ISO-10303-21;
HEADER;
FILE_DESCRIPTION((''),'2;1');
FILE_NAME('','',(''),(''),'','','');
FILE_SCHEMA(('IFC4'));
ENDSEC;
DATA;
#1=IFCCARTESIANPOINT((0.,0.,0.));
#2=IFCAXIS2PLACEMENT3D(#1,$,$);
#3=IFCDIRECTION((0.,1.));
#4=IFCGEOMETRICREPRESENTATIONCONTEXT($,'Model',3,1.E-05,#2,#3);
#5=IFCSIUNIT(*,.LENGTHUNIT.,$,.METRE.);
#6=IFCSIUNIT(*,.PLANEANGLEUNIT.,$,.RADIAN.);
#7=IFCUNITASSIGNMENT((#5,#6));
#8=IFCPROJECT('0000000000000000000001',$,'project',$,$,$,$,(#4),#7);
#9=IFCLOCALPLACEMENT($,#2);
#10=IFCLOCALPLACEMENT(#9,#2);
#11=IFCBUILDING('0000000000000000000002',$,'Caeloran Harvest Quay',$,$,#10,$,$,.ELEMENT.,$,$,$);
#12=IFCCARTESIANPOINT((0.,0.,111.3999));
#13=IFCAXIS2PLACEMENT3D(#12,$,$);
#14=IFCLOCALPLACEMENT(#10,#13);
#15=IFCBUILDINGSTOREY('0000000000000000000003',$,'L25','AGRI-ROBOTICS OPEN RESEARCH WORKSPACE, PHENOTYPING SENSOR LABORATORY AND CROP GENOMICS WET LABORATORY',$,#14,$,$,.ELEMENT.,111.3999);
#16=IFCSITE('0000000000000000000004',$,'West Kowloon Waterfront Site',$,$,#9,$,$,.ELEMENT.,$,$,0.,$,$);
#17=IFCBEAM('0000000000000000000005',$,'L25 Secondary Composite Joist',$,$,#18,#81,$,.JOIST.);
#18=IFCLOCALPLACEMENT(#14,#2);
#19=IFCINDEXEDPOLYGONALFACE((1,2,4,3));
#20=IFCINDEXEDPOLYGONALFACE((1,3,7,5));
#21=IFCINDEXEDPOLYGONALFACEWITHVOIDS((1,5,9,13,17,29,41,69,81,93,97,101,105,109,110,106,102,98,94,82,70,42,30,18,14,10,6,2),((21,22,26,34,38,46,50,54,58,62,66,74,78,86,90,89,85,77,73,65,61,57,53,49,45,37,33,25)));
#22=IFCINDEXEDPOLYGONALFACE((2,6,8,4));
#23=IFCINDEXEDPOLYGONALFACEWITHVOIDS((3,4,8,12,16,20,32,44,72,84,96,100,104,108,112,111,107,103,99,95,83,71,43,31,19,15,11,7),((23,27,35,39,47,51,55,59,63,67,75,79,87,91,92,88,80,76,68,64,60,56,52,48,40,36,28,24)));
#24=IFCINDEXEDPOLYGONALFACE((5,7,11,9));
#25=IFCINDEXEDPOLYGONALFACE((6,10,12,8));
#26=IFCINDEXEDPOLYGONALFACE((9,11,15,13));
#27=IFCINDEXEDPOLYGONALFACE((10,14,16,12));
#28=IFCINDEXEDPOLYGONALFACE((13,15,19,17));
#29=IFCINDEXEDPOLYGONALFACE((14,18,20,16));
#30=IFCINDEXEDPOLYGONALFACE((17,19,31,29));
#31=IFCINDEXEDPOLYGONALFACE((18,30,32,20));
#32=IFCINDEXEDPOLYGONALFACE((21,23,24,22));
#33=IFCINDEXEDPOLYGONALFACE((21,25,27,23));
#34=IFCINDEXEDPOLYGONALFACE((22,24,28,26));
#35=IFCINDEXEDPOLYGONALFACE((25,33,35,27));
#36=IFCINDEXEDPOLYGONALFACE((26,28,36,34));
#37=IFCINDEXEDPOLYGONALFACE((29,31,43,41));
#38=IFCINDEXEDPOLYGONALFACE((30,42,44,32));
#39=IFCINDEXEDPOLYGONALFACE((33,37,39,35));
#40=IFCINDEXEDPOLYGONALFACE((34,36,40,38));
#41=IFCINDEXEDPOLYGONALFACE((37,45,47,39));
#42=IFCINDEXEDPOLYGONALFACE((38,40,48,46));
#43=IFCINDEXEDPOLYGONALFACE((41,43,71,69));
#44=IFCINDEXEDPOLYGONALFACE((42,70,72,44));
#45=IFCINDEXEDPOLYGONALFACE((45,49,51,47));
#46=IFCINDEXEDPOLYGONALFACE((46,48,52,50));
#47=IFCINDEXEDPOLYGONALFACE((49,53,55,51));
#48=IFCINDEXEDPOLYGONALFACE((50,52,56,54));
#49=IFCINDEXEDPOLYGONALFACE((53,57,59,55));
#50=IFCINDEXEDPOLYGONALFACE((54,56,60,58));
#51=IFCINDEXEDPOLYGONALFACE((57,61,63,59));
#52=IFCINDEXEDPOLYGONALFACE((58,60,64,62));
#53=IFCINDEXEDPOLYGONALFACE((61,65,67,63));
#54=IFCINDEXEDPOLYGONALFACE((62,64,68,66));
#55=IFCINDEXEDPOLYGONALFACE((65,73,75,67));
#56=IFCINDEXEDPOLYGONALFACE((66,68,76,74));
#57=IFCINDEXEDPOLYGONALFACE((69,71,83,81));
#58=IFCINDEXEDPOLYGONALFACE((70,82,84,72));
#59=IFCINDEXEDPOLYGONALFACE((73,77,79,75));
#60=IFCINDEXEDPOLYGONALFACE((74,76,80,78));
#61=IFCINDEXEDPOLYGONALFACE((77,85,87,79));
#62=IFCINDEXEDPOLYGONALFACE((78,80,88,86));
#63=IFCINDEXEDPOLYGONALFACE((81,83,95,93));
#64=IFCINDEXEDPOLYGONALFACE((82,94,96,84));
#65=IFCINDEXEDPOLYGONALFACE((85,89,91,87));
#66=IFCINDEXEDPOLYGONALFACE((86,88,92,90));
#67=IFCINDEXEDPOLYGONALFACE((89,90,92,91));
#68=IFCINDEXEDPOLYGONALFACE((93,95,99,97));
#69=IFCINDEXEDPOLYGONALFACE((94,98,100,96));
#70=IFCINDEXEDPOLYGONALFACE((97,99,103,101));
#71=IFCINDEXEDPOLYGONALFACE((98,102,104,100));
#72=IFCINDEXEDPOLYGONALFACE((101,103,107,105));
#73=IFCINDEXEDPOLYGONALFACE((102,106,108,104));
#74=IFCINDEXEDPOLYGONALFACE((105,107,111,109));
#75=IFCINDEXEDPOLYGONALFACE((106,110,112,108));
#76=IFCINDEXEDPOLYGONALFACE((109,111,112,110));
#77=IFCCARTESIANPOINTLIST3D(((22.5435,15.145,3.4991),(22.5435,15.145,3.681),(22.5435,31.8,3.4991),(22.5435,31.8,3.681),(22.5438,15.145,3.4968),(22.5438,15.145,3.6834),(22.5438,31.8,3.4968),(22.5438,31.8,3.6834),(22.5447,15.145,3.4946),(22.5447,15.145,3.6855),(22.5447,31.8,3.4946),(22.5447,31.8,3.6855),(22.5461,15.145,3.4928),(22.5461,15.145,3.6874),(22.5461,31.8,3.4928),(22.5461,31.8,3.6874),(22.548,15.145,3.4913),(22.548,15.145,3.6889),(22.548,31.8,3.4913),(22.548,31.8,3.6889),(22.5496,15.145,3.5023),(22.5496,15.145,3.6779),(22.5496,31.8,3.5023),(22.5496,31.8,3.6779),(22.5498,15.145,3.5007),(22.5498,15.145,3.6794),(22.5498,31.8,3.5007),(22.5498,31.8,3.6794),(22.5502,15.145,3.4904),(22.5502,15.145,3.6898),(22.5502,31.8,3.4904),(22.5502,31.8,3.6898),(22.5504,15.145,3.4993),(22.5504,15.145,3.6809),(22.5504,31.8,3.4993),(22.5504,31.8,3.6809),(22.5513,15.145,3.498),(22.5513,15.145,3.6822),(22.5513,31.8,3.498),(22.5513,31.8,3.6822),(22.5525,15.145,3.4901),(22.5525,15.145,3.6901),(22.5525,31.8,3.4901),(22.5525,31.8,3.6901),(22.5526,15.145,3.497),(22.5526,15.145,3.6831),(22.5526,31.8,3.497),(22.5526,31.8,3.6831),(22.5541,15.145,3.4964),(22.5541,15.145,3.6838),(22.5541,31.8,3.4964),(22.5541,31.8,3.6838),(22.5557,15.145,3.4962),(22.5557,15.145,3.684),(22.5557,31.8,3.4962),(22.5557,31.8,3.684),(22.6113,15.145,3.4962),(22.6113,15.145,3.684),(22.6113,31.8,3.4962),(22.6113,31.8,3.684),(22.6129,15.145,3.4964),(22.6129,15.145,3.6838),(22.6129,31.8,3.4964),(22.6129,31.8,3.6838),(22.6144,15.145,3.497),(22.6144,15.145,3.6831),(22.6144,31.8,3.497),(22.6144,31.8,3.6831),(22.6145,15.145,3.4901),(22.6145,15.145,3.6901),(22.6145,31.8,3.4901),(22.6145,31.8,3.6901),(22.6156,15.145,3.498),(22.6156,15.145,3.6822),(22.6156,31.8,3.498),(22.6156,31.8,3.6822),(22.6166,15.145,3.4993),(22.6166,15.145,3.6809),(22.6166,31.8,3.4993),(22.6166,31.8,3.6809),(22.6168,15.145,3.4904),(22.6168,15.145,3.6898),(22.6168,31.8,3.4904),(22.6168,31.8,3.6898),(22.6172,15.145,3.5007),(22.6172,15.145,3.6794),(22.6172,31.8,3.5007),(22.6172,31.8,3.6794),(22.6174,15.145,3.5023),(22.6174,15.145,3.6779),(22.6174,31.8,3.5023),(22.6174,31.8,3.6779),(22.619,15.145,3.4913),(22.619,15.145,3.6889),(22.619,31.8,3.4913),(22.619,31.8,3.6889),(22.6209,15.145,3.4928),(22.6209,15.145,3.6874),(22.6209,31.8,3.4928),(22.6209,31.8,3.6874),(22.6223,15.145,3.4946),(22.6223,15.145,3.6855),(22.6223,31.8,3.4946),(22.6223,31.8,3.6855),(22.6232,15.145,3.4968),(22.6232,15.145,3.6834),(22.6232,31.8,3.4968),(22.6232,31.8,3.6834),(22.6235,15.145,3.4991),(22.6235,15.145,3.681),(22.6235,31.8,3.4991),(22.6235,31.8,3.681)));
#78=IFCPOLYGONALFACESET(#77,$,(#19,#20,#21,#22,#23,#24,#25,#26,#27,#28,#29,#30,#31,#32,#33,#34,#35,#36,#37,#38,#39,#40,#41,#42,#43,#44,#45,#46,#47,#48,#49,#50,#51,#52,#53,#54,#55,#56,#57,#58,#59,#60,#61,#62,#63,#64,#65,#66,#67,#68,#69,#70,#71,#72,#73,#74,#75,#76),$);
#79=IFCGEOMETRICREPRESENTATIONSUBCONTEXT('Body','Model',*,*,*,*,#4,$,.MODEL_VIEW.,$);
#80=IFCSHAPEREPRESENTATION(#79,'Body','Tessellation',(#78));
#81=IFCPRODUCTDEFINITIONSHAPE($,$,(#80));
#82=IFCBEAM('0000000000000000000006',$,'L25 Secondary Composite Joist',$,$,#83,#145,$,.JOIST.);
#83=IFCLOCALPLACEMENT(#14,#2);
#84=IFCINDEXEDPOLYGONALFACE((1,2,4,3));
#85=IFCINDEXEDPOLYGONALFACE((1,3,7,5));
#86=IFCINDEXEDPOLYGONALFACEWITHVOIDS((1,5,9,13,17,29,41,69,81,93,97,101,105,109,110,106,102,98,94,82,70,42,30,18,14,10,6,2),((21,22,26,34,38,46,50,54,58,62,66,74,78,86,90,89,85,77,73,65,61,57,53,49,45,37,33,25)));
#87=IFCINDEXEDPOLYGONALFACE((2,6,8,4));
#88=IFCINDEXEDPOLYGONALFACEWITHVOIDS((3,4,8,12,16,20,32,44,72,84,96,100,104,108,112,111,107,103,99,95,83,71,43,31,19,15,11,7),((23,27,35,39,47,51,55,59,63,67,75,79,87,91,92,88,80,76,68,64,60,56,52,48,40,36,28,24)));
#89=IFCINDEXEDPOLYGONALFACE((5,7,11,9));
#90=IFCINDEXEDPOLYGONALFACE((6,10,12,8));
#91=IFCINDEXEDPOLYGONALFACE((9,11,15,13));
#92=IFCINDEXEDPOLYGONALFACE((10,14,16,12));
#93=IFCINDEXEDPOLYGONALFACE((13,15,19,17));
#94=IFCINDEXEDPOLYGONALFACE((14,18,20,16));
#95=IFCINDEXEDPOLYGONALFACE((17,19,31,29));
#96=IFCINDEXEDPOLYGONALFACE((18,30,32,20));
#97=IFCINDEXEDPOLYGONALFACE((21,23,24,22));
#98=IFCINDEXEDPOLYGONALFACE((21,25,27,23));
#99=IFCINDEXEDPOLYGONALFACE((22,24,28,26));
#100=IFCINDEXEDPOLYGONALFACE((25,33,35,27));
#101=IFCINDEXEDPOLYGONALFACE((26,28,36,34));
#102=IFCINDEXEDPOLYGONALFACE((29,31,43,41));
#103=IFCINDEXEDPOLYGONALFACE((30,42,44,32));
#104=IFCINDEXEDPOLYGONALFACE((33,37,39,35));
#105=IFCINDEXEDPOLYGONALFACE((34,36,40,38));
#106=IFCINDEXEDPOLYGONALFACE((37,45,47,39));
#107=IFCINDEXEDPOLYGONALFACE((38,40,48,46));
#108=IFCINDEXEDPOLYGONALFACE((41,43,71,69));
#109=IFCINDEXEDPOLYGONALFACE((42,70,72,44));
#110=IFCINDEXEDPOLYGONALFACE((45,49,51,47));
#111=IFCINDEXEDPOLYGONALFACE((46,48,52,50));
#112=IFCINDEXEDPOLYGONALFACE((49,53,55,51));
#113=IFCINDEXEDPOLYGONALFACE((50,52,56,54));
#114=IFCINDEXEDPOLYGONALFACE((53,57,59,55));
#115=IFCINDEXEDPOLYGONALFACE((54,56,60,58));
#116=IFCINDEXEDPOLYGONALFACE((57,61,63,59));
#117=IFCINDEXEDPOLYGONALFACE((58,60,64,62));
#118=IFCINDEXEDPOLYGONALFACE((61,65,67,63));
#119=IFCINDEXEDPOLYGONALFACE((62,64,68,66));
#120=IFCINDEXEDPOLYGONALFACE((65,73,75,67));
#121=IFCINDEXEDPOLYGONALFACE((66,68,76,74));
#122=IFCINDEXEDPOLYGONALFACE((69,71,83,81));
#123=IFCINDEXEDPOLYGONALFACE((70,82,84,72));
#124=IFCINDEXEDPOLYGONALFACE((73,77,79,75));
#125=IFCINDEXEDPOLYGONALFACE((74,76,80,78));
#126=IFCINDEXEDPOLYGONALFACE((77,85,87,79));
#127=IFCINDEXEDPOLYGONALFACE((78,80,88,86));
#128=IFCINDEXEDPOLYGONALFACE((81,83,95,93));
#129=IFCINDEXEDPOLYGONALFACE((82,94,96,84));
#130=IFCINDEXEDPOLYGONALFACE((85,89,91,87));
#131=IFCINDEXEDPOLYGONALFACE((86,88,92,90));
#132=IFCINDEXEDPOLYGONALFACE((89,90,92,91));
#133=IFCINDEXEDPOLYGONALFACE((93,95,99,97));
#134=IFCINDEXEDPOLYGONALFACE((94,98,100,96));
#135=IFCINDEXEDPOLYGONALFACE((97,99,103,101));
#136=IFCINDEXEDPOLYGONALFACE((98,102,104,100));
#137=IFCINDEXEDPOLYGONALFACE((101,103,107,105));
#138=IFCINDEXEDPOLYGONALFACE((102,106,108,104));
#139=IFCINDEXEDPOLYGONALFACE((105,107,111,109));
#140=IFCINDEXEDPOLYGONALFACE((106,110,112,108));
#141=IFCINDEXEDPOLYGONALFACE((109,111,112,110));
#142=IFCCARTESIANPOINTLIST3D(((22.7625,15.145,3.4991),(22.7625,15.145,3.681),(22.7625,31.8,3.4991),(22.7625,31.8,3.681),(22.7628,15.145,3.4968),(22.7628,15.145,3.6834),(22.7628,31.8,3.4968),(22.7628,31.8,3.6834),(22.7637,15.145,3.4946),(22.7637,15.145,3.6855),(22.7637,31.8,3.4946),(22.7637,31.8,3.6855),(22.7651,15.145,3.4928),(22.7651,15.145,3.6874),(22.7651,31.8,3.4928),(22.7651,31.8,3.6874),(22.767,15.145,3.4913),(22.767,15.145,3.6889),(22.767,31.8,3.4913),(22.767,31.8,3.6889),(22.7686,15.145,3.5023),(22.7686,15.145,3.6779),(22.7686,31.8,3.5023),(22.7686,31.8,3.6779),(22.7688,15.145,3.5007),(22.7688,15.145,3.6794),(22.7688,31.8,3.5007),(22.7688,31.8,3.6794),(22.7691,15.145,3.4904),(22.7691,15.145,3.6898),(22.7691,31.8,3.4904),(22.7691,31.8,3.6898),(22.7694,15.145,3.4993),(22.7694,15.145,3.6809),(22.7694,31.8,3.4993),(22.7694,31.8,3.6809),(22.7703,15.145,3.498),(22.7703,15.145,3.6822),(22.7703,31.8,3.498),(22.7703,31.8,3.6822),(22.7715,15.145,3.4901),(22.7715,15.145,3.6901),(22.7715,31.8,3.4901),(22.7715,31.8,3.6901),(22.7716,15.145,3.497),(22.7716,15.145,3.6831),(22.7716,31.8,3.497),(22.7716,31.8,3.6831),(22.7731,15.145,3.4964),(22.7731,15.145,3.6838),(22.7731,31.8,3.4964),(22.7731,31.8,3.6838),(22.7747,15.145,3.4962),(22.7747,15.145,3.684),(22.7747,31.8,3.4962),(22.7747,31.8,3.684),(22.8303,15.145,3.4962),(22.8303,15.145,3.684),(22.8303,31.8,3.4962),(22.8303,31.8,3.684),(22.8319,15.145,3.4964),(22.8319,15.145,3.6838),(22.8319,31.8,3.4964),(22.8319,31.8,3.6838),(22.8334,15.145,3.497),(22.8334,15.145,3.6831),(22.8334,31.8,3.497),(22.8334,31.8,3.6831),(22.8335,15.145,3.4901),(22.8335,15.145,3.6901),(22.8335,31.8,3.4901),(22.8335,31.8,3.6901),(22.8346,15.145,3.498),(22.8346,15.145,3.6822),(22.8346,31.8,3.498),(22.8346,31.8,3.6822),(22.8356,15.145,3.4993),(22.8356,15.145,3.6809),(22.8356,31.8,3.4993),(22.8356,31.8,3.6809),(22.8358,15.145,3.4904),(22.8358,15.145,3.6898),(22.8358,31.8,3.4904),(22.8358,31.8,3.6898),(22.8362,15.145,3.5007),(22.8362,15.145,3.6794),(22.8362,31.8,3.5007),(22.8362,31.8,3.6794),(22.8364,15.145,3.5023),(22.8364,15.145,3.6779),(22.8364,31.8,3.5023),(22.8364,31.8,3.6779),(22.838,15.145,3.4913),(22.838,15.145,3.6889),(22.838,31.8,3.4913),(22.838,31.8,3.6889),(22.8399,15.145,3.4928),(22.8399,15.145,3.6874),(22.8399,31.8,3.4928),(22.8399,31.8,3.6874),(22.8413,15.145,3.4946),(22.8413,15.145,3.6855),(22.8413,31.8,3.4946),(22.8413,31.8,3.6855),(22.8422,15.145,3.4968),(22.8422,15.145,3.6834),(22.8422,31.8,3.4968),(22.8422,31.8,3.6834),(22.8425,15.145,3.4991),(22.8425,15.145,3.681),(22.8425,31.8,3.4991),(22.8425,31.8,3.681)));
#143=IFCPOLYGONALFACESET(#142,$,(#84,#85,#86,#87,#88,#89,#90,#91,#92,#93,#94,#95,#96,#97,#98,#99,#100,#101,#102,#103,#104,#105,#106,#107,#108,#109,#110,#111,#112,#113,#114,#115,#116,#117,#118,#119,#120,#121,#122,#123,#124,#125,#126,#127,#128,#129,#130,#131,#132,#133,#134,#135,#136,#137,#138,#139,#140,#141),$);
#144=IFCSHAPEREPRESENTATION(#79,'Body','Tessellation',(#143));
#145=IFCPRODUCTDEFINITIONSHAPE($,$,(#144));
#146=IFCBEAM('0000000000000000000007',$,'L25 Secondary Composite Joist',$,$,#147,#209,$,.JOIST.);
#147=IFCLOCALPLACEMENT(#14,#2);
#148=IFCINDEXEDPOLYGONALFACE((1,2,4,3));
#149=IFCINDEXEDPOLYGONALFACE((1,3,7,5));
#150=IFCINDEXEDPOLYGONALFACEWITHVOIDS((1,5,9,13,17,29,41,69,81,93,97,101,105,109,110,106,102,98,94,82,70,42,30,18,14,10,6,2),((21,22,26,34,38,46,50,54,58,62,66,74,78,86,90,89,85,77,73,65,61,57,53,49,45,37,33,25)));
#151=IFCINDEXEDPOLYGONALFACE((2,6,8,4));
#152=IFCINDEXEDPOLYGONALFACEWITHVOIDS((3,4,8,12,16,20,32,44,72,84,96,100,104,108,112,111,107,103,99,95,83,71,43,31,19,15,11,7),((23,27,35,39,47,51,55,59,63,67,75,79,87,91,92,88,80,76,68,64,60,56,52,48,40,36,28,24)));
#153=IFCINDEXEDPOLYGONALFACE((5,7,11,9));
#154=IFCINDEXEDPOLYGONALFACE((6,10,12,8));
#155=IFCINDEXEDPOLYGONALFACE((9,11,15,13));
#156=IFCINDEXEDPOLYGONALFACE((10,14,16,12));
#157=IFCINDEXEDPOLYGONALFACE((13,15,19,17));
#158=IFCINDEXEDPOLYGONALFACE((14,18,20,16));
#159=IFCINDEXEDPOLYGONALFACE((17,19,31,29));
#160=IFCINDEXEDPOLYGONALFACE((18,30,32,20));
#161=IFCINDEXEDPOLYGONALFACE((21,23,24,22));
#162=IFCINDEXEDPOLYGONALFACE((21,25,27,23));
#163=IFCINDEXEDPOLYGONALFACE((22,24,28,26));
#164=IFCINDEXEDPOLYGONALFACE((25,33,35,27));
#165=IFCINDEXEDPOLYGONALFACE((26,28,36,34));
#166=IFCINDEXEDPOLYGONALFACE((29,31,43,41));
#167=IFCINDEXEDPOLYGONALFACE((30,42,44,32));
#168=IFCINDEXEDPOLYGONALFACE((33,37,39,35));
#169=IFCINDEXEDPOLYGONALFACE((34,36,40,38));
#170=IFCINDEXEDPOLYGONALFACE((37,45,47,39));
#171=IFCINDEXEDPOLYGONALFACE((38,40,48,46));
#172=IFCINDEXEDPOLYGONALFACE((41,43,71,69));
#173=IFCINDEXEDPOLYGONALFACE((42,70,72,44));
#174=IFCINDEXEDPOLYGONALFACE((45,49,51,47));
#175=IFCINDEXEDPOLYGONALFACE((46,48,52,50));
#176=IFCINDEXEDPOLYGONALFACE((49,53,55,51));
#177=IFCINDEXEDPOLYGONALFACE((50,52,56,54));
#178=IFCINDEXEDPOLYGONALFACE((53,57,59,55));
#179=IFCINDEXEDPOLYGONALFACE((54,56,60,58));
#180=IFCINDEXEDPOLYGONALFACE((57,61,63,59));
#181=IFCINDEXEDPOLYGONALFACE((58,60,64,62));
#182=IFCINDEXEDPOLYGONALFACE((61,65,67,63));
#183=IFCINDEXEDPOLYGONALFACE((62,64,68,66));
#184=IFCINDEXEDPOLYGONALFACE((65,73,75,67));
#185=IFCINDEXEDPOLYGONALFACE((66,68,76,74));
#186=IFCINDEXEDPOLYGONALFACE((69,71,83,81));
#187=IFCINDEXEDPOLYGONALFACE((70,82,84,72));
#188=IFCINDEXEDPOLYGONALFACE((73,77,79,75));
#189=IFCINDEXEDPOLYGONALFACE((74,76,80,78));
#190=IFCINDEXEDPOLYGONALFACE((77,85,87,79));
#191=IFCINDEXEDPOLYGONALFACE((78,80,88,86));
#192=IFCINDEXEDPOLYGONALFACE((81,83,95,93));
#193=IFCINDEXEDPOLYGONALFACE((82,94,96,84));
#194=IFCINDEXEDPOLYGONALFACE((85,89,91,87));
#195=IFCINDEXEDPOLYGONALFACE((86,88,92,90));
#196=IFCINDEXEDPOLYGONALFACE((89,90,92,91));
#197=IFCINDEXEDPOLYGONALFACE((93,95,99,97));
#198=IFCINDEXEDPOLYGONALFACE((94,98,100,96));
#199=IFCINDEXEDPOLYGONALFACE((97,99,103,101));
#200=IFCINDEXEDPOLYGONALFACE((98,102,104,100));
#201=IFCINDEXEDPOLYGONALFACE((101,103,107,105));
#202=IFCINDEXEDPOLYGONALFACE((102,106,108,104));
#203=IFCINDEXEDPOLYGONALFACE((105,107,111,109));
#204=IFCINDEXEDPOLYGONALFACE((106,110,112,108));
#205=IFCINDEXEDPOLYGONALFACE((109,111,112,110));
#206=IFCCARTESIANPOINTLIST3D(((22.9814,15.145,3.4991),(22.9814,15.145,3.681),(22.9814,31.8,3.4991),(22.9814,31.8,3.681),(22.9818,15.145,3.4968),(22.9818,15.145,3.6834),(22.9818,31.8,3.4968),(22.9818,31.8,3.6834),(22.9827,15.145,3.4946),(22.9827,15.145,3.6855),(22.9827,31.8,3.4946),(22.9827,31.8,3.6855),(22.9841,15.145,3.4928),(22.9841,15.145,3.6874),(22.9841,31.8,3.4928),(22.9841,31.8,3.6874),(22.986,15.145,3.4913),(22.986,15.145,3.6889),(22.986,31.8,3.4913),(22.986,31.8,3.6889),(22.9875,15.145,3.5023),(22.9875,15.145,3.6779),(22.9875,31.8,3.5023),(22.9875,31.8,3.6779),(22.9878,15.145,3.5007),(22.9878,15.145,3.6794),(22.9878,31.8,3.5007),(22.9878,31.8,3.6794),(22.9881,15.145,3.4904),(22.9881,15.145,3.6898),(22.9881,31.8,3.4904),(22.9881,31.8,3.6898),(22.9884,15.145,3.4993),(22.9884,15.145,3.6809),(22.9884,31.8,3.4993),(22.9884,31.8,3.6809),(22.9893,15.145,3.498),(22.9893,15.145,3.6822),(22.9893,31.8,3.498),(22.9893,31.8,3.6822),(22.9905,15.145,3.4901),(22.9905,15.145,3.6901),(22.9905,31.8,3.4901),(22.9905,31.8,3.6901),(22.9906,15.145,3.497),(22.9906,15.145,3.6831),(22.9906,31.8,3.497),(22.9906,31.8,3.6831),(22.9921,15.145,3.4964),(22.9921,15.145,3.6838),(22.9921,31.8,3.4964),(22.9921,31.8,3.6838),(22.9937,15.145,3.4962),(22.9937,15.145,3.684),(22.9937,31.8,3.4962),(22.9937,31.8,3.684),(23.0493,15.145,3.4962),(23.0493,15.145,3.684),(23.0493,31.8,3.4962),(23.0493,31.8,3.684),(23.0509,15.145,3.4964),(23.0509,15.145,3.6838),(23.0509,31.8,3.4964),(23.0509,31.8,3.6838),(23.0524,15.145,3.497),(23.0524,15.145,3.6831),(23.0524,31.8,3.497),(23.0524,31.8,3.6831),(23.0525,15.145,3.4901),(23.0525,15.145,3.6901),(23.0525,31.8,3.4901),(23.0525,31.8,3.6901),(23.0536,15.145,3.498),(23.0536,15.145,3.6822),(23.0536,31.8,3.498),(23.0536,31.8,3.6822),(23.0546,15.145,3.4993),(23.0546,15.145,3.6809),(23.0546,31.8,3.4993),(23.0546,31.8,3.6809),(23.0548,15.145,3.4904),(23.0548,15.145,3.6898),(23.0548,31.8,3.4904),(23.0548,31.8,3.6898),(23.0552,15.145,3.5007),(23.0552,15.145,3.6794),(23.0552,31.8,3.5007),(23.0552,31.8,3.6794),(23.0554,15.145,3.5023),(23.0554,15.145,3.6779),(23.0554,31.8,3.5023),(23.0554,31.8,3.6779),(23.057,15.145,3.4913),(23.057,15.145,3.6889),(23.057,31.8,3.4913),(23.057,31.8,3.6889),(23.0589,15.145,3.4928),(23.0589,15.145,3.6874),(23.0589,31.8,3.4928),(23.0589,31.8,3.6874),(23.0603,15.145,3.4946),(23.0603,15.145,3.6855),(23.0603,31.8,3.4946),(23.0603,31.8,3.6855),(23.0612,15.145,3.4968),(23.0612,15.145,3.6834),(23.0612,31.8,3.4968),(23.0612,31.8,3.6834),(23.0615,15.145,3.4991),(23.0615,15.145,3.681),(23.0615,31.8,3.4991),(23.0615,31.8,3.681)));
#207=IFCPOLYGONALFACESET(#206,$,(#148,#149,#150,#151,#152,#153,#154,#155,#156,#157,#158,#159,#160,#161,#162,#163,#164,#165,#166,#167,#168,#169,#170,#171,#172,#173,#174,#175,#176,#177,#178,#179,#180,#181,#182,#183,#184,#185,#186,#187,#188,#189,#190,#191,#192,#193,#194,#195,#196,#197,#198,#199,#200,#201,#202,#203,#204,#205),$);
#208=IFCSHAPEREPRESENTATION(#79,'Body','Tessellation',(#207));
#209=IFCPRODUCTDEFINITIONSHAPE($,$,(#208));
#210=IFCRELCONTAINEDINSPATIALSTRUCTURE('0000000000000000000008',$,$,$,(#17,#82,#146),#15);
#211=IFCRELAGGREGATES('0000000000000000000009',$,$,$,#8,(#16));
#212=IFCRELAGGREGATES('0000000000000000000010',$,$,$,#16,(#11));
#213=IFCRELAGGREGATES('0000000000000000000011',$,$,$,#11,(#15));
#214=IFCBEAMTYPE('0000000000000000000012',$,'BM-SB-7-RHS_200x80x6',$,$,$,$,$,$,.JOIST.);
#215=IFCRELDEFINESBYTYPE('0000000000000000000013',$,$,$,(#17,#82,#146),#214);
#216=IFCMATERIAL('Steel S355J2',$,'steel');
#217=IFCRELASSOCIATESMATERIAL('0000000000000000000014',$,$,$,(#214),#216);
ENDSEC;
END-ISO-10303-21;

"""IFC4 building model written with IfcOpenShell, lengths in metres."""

from ifc_helpers import new_model, si_unit, direction, frame, origin, origin_2d, place, context, subcontext, project, spatial, hollow_rectangle, extrude, material, material_profile, profile_set, type_object, element, save


model = new_model("IFC4")

# Units and contexts
model_context = context("Model", 3, precision=1e-05, world=origin(), true_north=direction((0.0, 1.0)))
body_context = subcontext(model_context, "Body", "Model", "MODEL_VIEW")
ifc_project = project(units=[si_unit("LENGTHUNIT", "METRE"), si_unit("PLANEANGLEUNIT", "RADIAN")], contexts=[model_context])

# Site, building, storey
site_placement = place(None, origin())
site = spatial("IfcSite", under=ifc_project, at=site_placement, Name="West Kowloon Waterfront Site", CompositionType="ELEMENT", RefElevation=0.0)
building_placement = place(site_placement, origin())
building = spatial("IfcBuilding", under=site, at=building_placement, Name="Caeloran Harvest Quay", CompositionType="ELEMENT")
storey_placement = place(building_placement, frame((0.0, 0.0, 111.3999)))
storey = spatial("IfcBuildingStorey", under=building, at=storey_placement, Name="L25", Description="AGRI-ROBOTICS OPEN RESEARCH WORKSPACE, PHENOTYPING SENSOR LABORATORY AND CROP GENOMICS WET LABORATORY", CompositionType="ELEMENT", Elevation=111.3999)

# Beams
ifc_material_1 = material(Name="Steel S355J2", Category="steel")
ifc_material_profile_1 = material_profile(ifc_material_1, hollow_rectangle(XDim=0.0801, YDim=0.2, WallThickness=0.0061, InnerFilletRadius=0.0061, OuterFilletRadius=0.009, at=origin_2d()), Name="RHS 200x80x6")
ifc_profile_set_1 = profile_set([ifc_material_profile_1], Name="Steel S355J2")
beam_type_1 = type_object("IfcBeamType", Name="BM-SB-7-RHS_200x80x6", PredefinedType="JOIST", material=ifc_profile_set_1)
for number, where, z_axis, x_axis, name in (
    (1, (22.5835, 15.145, 3.5901), (0.0, 1.0, 0.0), (-1.0, 0.0, 0.0), "L25 Secondary Composite Joist"),
    (2, (22.8025, 15.145, 3.5901), (0.0, 1.0, 0.0), (-1.0, 0.0, 0.0), "L25 Secondary Composite Joist"),
    (3, (23.0215, 15.145, 3.5901), (0.0, 1.0, 0.0), (-1.0, 0.0, 0.0), "L25 Secondary Composite Joist"),
):
    element("IfcBeam", number, at=place(storey_placement, frame(where, z_axis=z_axis, x_axis=x_axis)), inside=storey, type_object=beam_type_1, Name=name, PredefinedType="JOIST", context=body_context, shape_type="SweptSolid", body=[
        extrude(hollow_rectangle(XDim=0.0801, YDim=0.2, WallThickness=0.0061, InnerFilletRadius=0.0061, OuterFilletRadius=0.009, at=origin_2d()), origin(), (0.0, 0.0, 1.0), 16.655),
    ])

save(model, "model.ifc")
